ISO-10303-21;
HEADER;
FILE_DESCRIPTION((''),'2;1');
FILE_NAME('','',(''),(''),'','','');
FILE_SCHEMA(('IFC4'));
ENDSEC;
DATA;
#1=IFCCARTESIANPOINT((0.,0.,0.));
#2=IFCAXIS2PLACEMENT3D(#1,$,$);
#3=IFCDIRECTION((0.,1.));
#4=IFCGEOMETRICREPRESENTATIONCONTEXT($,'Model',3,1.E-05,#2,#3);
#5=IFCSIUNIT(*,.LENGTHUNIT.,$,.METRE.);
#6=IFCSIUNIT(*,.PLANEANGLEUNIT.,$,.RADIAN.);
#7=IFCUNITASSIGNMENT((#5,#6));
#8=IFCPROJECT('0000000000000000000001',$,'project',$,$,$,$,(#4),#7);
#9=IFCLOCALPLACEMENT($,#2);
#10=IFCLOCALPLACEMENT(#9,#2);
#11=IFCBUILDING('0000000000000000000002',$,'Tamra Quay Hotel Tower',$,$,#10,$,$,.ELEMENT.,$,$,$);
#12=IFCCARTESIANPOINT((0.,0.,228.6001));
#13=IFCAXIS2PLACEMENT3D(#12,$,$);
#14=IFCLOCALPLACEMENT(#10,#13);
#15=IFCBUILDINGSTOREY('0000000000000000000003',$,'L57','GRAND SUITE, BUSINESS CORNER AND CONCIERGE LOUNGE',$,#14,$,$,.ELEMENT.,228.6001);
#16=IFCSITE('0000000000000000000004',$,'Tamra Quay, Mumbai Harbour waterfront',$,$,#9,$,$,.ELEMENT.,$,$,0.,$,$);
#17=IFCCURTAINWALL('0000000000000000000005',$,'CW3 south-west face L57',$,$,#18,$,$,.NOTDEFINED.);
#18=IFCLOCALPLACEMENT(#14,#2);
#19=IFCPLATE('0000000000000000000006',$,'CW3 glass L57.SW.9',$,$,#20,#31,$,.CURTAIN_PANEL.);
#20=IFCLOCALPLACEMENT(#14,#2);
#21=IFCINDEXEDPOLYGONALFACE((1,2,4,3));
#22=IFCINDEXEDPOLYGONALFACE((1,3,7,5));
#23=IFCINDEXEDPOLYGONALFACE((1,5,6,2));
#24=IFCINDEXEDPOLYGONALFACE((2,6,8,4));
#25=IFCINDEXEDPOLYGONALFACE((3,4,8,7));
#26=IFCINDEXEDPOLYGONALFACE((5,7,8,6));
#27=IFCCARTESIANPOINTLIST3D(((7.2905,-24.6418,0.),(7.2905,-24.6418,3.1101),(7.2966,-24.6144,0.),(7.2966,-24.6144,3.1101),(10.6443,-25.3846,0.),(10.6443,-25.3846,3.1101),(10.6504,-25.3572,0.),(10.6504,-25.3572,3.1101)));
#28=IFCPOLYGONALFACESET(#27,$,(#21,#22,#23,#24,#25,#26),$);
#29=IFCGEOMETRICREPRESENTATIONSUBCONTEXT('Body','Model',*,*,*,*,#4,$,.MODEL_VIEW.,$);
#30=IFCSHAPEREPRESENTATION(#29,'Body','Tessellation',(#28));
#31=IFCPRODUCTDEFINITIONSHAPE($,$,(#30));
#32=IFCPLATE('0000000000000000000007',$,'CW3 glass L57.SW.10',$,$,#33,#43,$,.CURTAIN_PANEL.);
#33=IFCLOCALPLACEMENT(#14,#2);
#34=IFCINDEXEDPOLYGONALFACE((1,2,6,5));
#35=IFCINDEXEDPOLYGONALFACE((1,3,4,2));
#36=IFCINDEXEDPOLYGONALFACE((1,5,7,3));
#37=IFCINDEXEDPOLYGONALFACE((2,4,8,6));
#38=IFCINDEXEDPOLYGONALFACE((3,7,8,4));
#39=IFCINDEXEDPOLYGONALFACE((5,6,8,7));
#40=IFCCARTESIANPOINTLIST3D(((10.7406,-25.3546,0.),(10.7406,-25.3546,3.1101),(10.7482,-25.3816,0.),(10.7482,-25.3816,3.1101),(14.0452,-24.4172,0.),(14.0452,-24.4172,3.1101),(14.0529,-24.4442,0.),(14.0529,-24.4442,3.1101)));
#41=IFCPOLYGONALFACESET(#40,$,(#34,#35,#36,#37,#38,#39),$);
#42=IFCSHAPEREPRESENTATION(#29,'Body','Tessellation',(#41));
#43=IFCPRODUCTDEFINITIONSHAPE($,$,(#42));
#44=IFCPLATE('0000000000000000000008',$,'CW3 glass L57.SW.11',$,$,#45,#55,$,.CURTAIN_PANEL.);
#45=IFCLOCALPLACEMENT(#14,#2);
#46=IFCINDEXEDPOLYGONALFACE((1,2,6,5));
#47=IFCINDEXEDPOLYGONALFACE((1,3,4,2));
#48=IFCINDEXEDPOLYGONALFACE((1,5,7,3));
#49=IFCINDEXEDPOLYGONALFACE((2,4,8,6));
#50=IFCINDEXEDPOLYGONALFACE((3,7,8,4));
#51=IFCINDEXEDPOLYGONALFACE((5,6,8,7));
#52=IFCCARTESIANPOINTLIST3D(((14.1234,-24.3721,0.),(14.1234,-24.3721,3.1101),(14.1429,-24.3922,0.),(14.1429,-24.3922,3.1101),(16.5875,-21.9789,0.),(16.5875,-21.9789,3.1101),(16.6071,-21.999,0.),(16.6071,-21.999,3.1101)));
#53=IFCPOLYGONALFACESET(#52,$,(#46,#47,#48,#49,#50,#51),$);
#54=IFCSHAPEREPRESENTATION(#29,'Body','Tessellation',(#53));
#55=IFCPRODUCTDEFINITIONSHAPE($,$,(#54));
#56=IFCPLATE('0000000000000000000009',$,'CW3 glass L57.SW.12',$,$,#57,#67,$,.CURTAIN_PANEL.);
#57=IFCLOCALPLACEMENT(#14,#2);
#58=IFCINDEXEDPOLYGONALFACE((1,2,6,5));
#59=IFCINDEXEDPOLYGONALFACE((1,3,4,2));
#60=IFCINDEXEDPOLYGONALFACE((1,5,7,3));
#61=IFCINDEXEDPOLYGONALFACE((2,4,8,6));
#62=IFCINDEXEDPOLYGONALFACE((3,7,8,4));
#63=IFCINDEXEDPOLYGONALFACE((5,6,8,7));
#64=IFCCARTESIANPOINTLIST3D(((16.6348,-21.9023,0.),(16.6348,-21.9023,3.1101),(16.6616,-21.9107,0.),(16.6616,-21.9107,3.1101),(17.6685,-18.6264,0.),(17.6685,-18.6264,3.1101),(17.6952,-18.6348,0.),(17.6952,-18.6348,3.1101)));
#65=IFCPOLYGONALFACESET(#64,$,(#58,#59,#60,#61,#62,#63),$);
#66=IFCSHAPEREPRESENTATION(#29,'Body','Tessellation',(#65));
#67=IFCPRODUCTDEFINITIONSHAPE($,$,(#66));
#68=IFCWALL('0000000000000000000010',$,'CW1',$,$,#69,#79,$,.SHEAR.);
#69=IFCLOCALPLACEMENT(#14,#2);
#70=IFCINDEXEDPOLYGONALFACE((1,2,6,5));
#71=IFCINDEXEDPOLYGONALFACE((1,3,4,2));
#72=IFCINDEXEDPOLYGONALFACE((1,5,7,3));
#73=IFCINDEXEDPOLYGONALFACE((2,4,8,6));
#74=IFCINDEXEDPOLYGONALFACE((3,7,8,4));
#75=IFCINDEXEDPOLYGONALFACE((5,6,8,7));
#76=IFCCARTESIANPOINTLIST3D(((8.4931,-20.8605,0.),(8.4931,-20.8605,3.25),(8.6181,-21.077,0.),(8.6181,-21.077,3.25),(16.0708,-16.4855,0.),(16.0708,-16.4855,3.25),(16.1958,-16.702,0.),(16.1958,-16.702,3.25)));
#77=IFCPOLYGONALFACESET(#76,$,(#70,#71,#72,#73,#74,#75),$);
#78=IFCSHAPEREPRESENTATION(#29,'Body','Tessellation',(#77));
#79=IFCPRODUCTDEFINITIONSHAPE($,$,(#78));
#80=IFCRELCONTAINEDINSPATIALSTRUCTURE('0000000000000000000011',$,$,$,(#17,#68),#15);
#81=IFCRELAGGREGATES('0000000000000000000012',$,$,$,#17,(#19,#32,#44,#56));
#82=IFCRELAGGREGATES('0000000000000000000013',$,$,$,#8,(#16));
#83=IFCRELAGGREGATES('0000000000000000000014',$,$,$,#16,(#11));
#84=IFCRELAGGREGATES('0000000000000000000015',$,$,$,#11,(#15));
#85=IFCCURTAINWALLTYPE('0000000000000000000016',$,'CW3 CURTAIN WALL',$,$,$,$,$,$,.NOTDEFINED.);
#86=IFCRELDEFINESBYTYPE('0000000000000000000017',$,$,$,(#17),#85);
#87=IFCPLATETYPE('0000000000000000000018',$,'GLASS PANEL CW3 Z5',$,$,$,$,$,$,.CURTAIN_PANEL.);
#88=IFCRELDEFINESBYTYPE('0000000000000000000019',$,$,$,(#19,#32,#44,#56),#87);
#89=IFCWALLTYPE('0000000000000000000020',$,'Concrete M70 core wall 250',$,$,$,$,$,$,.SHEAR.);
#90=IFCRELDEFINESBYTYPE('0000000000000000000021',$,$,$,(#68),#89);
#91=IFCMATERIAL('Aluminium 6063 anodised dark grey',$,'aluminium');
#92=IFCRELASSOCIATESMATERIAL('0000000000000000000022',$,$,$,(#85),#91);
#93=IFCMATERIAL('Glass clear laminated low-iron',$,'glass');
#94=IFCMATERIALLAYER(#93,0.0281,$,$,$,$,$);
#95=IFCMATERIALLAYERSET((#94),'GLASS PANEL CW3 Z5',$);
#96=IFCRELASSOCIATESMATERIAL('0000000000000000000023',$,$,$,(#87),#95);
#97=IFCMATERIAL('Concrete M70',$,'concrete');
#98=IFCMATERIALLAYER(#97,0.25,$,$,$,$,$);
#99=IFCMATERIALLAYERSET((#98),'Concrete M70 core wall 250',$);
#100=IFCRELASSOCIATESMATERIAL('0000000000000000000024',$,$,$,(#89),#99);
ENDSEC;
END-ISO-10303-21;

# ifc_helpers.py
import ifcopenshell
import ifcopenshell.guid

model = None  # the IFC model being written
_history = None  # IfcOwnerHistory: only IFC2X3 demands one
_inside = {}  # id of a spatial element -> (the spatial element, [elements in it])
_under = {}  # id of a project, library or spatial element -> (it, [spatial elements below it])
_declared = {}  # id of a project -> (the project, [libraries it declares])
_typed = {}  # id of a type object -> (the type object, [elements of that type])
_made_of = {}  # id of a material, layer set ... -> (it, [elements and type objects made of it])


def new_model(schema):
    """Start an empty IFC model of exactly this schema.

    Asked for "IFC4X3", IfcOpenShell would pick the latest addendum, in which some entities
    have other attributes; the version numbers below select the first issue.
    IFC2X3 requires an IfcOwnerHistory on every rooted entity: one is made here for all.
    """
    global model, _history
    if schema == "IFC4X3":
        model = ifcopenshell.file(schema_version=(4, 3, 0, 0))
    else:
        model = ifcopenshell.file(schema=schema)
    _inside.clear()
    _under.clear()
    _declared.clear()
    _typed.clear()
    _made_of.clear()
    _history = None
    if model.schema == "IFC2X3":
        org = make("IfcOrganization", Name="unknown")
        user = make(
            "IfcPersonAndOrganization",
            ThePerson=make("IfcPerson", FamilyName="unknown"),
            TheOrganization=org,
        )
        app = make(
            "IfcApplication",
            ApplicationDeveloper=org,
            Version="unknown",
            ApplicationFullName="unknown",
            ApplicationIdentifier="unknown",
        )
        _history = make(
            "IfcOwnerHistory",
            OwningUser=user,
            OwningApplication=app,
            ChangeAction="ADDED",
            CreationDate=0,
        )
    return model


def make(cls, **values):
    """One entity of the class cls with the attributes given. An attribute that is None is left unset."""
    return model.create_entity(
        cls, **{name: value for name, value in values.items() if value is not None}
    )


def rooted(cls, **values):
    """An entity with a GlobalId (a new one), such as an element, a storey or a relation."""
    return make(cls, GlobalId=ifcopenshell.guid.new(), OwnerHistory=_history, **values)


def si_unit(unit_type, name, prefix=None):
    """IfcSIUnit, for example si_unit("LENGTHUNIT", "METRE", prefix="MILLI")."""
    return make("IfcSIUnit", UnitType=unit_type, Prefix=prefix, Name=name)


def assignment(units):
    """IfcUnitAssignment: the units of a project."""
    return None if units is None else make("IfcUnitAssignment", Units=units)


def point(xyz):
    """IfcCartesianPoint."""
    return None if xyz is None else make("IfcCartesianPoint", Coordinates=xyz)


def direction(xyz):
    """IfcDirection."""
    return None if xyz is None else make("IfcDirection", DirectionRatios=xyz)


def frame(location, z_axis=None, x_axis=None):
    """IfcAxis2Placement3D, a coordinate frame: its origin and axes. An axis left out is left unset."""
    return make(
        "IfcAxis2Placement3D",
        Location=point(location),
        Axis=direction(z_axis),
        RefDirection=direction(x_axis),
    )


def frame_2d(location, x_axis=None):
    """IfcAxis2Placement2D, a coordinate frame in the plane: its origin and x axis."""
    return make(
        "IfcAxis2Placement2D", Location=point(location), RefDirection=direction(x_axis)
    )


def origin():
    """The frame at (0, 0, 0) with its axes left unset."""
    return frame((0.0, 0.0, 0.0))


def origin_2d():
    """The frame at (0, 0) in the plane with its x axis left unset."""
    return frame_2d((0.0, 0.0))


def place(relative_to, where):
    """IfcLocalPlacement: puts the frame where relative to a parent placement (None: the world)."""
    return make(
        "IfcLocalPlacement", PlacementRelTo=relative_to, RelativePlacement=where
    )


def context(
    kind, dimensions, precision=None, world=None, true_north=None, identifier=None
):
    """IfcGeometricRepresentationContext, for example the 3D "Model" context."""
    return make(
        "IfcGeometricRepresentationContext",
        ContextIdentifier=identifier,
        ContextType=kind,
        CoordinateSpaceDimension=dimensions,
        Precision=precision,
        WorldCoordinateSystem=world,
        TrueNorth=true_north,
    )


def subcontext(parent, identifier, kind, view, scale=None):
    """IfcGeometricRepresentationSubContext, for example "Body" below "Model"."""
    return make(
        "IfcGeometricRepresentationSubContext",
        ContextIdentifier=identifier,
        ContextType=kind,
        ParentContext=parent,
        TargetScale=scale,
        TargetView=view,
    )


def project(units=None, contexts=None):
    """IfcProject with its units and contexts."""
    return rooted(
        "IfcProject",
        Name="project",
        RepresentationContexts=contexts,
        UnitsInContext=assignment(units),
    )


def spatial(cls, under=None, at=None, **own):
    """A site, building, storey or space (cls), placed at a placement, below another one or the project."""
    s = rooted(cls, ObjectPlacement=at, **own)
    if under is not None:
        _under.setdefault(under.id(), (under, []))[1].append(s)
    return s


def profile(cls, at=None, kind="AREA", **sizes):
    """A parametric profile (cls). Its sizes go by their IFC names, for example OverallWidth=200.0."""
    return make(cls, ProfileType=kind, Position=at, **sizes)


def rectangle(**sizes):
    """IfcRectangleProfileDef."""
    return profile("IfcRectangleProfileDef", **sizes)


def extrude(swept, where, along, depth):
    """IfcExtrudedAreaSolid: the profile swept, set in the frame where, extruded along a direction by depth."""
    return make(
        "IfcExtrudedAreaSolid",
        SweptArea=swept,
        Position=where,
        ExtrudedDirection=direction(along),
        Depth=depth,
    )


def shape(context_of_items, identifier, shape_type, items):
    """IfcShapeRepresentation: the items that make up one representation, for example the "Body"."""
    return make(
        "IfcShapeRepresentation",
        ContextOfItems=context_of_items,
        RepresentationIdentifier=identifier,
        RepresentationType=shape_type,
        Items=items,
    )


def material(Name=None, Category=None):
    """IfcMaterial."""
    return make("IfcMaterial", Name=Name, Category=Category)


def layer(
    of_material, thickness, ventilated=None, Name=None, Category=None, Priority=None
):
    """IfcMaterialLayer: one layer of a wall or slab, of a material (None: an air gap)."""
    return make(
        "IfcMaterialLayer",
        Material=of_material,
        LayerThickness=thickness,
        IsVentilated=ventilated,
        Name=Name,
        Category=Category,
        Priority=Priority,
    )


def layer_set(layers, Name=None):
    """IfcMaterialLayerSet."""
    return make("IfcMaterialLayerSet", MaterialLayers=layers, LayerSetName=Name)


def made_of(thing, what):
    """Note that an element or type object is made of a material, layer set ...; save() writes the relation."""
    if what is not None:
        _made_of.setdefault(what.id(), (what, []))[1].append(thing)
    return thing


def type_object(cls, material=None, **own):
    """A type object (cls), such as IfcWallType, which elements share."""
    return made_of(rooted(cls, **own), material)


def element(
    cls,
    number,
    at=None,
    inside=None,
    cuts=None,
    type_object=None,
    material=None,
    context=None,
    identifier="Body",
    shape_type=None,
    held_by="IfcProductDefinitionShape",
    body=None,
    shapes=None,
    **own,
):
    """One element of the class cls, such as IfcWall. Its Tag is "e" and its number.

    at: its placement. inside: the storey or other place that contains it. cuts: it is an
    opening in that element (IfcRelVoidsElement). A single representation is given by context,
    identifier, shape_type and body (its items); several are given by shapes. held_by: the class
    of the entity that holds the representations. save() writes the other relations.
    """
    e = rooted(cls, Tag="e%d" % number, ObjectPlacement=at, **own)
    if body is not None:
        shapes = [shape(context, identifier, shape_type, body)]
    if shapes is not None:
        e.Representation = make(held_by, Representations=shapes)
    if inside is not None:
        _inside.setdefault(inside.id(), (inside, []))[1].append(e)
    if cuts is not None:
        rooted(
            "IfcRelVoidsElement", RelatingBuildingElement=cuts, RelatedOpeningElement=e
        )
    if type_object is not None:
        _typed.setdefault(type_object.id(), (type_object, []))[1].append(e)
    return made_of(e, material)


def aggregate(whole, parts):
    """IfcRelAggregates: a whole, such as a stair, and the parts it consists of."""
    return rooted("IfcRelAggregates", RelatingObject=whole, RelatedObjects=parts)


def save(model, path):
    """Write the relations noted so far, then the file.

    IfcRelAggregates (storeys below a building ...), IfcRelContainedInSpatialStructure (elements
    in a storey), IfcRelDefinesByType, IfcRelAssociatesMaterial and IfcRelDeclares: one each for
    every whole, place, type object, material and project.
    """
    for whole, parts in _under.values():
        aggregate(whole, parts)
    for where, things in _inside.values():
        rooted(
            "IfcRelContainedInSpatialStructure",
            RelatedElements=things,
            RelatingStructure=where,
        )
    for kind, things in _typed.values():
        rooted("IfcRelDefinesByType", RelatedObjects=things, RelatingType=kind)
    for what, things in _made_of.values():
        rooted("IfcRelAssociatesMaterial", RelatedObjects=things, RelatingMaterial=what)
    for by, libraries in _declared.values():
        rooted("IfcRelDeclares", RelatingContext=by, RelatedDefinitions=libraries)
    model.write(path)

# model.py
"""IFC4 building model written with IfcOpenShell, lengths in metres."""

from ifc_helpers import new_model, si_unit, direction, frame, frame_2d, origin, origin_2d, place, context, subcontext, project, spatial, rectangle, extrude, material, layer, layer_set, type_object, element, aggregate, save


model = new_model("IFC4")

# Units and contexts
model_context = context("Model", 3, precision=1e-05, world=origin(), true_north=direction((0.0, 1.0)))
body_context = subcontext(model_context, "Body", "Model", "MODEL_VIEW")
ifc_project = project(units=[si_unit("LENGTHUNIT", "METRE"), si_unit("PLANEANGLEUNIT", "RADIAN")], contexts=[model_context])

# Site, building, storey
site_placement = place(None, origin())
site = spatial("IfcSite", under=ifc_project, at=site_placement, Name="Tamra Quay, Mumbai Harbour waterfront", CompositionType="ELEMENT", RefElevation=0.0)
building_placement = place(site_placement, origin())
building = spatial("IfcBuilding", under=site, at=building_placement, Name="Tamra Quay Hotel Tower", CompositionType="ELEMENT")
storey_placement = place(building_placement, frame((0.0, 0.0, 228.6001)))
storey = spatial("IfcBuildingStorey", under=building, at=storey_placement, Name="L57", Description="GRAND SUITE, BUSINESS CORNER AND CONCIERGE LOUNGE", CompositionType="ELEMENT", Elevation=228.6001)

# Shared definitions
ifc_material_1 = material(Name="Concrete M70", Category="concrete")

# Shared definitions
ifc_material_2 = material(Name="Aluminium 6063 anodised dark grey", Category="aluminium")

# Curtain wall
curtain_wall_type_1 = type_object("IfcCurtainWallType", Name="CW3 CURTAIN WALL", PredefinedType="NOTDEFINED", material=ifc_material_2)
curtain_wall_1_placement = place(storey_placement, origin())
curtain_wall_1 = element("IfcCurtainWall", 1, at=curtain_wall_1_placement, inside=storey, type_object=curtain_wall_type_1, Name="CW3 south-west face L57", PredefinedType="NOTDEFINED")

# Plates
ifc_material_3 = material(Name="Glass clear laminated low-iron", Category="glass")
ifc_layer_1 = layer(ifc_material_3, 0.0281)
ifc_layer_set_1 = layer_set([ifc_layer_1], Name="GLASS PANEL CW3 Z5")
plate_type_1 = type_object("IfcPlateType", Name="GLASS PANEL CW3 Z5", PredefinedType="CURTAIN_PANEL", material=ifc_layer_set_1)
plate_1_placement = place(storey_placement, frame((8.9705, -24.9995, 0.0), z_axis=(0.0, 0.0, 1.0), x_axis=(0.976341, -0.216238, 0.0)))
plate_1 = element("IfcPlate", 2, at=plate_1_placement, type_object=plate_type_1, Name="CW3 glass L57.SW.9", PredefinedType="CURTAIN_PANEL", context=body_context, shape_type="SweptSolid", body=[
    extrude(rectangle(XDim=3.4351, YDim=0.0281, at=origin_2d()), origin(), (0.0, 0.0, 1.0), 3.1101),
])
plate_2_placement = place(storey_placement, frame((12.3967, -24.8994, 0.0), z_axis=(0.0, 0.0, 1.0), x_axis=(0.962041, 0.272906, 0.0)))
plate_2 = element("IfcPlate", 3, at=plate_2_placement, type_object=plate_type_1, Name="CW3 glass L57.SW.10", PredefinedType="CURTAIN_PANEL", context=body_context, shape_type="SweptSolid", body=[
    extrude(rectangle(XDim=3.4351, YDim=0.0281, at=origin_2d()), origin(), (0.0, 0.0, 1.0), 3.1101),
])
plate_3_placement = place(storey_placement, frame((15.3652, -23.1855, 0.0), z_axis=(0.0, 0.0, 1.0), x_axis=(0.717364, 0.696698, 0.0)))
plate_3 = element("IfcPlate", 4, at=plate_3_placement, type_object=plate_type_1, Name="CW3 glass L57.SW.11", PredefinedType="CURTAIN_PANEL", context=body_context, shape_type="SweptSolid", body=[
    extrude(rectangle(XDim=3.4351, YDim=0.0281, at=origin_2d()), origin(), (0.0, 0.0, 1.0), 3.1101),
])
plate_4_placement = place(storey_placement, frame((17.165, -20.2686, 0.0), z_axis=(0.0, 0.0, 1.0), x_axis=(0.300903, 0.953655, 0.0)))
plate_4 = element("IfcPlate", 5, at=plate_4_placement, type_object=plate_type_1, Name="CW3 glass L57.SW.12", PredefinedType="CURTAIN_PANEL", context=body_context, shape_type="SweptSolid", body=[
    extrude(rectangle(XDim=3.4351, YDim=0.0281, at=origin_2d()), origin(), (0.0, 0.0, 1.0), 3.1101),
])
aggregate(curtain_wall_1, [plate_1, plate_2, plate_3, plate_4])

# Wall
ifc_layer_2 = layer(ifc_material_1, 0.25)
ifc_layer_set_2 = layer_set([ifc_layer_2], Name="Concrete M70 core wall 250")
wall_type = type_object("IfcWallType", Name="Concrete M70 core wall 250", PredefinedType="SHEAR", material=ifc_layer_set_2)
wall_placement = place(storey_placement, frame((16.1333, -16.5938, 0.0), z_axis=(0.0, 0.0, 1.0), x_axis=(-0.866023, -0.500004, 0.0)))
element("IfcWall", 6, at=wall_placement, inside=storey, type_object=wall_type, Name="CW1", PredefinedType="SHEAR", context=body_context, shape_type="SweptSolid", body=[
    extrude(rectangle(XDim=8.75, YDim=0.25, at=frame_2d((4.375, 0.0))), origin(), (0.0, 0.0, 1.0), 3.25),
])

save(model, "model.ifc")
